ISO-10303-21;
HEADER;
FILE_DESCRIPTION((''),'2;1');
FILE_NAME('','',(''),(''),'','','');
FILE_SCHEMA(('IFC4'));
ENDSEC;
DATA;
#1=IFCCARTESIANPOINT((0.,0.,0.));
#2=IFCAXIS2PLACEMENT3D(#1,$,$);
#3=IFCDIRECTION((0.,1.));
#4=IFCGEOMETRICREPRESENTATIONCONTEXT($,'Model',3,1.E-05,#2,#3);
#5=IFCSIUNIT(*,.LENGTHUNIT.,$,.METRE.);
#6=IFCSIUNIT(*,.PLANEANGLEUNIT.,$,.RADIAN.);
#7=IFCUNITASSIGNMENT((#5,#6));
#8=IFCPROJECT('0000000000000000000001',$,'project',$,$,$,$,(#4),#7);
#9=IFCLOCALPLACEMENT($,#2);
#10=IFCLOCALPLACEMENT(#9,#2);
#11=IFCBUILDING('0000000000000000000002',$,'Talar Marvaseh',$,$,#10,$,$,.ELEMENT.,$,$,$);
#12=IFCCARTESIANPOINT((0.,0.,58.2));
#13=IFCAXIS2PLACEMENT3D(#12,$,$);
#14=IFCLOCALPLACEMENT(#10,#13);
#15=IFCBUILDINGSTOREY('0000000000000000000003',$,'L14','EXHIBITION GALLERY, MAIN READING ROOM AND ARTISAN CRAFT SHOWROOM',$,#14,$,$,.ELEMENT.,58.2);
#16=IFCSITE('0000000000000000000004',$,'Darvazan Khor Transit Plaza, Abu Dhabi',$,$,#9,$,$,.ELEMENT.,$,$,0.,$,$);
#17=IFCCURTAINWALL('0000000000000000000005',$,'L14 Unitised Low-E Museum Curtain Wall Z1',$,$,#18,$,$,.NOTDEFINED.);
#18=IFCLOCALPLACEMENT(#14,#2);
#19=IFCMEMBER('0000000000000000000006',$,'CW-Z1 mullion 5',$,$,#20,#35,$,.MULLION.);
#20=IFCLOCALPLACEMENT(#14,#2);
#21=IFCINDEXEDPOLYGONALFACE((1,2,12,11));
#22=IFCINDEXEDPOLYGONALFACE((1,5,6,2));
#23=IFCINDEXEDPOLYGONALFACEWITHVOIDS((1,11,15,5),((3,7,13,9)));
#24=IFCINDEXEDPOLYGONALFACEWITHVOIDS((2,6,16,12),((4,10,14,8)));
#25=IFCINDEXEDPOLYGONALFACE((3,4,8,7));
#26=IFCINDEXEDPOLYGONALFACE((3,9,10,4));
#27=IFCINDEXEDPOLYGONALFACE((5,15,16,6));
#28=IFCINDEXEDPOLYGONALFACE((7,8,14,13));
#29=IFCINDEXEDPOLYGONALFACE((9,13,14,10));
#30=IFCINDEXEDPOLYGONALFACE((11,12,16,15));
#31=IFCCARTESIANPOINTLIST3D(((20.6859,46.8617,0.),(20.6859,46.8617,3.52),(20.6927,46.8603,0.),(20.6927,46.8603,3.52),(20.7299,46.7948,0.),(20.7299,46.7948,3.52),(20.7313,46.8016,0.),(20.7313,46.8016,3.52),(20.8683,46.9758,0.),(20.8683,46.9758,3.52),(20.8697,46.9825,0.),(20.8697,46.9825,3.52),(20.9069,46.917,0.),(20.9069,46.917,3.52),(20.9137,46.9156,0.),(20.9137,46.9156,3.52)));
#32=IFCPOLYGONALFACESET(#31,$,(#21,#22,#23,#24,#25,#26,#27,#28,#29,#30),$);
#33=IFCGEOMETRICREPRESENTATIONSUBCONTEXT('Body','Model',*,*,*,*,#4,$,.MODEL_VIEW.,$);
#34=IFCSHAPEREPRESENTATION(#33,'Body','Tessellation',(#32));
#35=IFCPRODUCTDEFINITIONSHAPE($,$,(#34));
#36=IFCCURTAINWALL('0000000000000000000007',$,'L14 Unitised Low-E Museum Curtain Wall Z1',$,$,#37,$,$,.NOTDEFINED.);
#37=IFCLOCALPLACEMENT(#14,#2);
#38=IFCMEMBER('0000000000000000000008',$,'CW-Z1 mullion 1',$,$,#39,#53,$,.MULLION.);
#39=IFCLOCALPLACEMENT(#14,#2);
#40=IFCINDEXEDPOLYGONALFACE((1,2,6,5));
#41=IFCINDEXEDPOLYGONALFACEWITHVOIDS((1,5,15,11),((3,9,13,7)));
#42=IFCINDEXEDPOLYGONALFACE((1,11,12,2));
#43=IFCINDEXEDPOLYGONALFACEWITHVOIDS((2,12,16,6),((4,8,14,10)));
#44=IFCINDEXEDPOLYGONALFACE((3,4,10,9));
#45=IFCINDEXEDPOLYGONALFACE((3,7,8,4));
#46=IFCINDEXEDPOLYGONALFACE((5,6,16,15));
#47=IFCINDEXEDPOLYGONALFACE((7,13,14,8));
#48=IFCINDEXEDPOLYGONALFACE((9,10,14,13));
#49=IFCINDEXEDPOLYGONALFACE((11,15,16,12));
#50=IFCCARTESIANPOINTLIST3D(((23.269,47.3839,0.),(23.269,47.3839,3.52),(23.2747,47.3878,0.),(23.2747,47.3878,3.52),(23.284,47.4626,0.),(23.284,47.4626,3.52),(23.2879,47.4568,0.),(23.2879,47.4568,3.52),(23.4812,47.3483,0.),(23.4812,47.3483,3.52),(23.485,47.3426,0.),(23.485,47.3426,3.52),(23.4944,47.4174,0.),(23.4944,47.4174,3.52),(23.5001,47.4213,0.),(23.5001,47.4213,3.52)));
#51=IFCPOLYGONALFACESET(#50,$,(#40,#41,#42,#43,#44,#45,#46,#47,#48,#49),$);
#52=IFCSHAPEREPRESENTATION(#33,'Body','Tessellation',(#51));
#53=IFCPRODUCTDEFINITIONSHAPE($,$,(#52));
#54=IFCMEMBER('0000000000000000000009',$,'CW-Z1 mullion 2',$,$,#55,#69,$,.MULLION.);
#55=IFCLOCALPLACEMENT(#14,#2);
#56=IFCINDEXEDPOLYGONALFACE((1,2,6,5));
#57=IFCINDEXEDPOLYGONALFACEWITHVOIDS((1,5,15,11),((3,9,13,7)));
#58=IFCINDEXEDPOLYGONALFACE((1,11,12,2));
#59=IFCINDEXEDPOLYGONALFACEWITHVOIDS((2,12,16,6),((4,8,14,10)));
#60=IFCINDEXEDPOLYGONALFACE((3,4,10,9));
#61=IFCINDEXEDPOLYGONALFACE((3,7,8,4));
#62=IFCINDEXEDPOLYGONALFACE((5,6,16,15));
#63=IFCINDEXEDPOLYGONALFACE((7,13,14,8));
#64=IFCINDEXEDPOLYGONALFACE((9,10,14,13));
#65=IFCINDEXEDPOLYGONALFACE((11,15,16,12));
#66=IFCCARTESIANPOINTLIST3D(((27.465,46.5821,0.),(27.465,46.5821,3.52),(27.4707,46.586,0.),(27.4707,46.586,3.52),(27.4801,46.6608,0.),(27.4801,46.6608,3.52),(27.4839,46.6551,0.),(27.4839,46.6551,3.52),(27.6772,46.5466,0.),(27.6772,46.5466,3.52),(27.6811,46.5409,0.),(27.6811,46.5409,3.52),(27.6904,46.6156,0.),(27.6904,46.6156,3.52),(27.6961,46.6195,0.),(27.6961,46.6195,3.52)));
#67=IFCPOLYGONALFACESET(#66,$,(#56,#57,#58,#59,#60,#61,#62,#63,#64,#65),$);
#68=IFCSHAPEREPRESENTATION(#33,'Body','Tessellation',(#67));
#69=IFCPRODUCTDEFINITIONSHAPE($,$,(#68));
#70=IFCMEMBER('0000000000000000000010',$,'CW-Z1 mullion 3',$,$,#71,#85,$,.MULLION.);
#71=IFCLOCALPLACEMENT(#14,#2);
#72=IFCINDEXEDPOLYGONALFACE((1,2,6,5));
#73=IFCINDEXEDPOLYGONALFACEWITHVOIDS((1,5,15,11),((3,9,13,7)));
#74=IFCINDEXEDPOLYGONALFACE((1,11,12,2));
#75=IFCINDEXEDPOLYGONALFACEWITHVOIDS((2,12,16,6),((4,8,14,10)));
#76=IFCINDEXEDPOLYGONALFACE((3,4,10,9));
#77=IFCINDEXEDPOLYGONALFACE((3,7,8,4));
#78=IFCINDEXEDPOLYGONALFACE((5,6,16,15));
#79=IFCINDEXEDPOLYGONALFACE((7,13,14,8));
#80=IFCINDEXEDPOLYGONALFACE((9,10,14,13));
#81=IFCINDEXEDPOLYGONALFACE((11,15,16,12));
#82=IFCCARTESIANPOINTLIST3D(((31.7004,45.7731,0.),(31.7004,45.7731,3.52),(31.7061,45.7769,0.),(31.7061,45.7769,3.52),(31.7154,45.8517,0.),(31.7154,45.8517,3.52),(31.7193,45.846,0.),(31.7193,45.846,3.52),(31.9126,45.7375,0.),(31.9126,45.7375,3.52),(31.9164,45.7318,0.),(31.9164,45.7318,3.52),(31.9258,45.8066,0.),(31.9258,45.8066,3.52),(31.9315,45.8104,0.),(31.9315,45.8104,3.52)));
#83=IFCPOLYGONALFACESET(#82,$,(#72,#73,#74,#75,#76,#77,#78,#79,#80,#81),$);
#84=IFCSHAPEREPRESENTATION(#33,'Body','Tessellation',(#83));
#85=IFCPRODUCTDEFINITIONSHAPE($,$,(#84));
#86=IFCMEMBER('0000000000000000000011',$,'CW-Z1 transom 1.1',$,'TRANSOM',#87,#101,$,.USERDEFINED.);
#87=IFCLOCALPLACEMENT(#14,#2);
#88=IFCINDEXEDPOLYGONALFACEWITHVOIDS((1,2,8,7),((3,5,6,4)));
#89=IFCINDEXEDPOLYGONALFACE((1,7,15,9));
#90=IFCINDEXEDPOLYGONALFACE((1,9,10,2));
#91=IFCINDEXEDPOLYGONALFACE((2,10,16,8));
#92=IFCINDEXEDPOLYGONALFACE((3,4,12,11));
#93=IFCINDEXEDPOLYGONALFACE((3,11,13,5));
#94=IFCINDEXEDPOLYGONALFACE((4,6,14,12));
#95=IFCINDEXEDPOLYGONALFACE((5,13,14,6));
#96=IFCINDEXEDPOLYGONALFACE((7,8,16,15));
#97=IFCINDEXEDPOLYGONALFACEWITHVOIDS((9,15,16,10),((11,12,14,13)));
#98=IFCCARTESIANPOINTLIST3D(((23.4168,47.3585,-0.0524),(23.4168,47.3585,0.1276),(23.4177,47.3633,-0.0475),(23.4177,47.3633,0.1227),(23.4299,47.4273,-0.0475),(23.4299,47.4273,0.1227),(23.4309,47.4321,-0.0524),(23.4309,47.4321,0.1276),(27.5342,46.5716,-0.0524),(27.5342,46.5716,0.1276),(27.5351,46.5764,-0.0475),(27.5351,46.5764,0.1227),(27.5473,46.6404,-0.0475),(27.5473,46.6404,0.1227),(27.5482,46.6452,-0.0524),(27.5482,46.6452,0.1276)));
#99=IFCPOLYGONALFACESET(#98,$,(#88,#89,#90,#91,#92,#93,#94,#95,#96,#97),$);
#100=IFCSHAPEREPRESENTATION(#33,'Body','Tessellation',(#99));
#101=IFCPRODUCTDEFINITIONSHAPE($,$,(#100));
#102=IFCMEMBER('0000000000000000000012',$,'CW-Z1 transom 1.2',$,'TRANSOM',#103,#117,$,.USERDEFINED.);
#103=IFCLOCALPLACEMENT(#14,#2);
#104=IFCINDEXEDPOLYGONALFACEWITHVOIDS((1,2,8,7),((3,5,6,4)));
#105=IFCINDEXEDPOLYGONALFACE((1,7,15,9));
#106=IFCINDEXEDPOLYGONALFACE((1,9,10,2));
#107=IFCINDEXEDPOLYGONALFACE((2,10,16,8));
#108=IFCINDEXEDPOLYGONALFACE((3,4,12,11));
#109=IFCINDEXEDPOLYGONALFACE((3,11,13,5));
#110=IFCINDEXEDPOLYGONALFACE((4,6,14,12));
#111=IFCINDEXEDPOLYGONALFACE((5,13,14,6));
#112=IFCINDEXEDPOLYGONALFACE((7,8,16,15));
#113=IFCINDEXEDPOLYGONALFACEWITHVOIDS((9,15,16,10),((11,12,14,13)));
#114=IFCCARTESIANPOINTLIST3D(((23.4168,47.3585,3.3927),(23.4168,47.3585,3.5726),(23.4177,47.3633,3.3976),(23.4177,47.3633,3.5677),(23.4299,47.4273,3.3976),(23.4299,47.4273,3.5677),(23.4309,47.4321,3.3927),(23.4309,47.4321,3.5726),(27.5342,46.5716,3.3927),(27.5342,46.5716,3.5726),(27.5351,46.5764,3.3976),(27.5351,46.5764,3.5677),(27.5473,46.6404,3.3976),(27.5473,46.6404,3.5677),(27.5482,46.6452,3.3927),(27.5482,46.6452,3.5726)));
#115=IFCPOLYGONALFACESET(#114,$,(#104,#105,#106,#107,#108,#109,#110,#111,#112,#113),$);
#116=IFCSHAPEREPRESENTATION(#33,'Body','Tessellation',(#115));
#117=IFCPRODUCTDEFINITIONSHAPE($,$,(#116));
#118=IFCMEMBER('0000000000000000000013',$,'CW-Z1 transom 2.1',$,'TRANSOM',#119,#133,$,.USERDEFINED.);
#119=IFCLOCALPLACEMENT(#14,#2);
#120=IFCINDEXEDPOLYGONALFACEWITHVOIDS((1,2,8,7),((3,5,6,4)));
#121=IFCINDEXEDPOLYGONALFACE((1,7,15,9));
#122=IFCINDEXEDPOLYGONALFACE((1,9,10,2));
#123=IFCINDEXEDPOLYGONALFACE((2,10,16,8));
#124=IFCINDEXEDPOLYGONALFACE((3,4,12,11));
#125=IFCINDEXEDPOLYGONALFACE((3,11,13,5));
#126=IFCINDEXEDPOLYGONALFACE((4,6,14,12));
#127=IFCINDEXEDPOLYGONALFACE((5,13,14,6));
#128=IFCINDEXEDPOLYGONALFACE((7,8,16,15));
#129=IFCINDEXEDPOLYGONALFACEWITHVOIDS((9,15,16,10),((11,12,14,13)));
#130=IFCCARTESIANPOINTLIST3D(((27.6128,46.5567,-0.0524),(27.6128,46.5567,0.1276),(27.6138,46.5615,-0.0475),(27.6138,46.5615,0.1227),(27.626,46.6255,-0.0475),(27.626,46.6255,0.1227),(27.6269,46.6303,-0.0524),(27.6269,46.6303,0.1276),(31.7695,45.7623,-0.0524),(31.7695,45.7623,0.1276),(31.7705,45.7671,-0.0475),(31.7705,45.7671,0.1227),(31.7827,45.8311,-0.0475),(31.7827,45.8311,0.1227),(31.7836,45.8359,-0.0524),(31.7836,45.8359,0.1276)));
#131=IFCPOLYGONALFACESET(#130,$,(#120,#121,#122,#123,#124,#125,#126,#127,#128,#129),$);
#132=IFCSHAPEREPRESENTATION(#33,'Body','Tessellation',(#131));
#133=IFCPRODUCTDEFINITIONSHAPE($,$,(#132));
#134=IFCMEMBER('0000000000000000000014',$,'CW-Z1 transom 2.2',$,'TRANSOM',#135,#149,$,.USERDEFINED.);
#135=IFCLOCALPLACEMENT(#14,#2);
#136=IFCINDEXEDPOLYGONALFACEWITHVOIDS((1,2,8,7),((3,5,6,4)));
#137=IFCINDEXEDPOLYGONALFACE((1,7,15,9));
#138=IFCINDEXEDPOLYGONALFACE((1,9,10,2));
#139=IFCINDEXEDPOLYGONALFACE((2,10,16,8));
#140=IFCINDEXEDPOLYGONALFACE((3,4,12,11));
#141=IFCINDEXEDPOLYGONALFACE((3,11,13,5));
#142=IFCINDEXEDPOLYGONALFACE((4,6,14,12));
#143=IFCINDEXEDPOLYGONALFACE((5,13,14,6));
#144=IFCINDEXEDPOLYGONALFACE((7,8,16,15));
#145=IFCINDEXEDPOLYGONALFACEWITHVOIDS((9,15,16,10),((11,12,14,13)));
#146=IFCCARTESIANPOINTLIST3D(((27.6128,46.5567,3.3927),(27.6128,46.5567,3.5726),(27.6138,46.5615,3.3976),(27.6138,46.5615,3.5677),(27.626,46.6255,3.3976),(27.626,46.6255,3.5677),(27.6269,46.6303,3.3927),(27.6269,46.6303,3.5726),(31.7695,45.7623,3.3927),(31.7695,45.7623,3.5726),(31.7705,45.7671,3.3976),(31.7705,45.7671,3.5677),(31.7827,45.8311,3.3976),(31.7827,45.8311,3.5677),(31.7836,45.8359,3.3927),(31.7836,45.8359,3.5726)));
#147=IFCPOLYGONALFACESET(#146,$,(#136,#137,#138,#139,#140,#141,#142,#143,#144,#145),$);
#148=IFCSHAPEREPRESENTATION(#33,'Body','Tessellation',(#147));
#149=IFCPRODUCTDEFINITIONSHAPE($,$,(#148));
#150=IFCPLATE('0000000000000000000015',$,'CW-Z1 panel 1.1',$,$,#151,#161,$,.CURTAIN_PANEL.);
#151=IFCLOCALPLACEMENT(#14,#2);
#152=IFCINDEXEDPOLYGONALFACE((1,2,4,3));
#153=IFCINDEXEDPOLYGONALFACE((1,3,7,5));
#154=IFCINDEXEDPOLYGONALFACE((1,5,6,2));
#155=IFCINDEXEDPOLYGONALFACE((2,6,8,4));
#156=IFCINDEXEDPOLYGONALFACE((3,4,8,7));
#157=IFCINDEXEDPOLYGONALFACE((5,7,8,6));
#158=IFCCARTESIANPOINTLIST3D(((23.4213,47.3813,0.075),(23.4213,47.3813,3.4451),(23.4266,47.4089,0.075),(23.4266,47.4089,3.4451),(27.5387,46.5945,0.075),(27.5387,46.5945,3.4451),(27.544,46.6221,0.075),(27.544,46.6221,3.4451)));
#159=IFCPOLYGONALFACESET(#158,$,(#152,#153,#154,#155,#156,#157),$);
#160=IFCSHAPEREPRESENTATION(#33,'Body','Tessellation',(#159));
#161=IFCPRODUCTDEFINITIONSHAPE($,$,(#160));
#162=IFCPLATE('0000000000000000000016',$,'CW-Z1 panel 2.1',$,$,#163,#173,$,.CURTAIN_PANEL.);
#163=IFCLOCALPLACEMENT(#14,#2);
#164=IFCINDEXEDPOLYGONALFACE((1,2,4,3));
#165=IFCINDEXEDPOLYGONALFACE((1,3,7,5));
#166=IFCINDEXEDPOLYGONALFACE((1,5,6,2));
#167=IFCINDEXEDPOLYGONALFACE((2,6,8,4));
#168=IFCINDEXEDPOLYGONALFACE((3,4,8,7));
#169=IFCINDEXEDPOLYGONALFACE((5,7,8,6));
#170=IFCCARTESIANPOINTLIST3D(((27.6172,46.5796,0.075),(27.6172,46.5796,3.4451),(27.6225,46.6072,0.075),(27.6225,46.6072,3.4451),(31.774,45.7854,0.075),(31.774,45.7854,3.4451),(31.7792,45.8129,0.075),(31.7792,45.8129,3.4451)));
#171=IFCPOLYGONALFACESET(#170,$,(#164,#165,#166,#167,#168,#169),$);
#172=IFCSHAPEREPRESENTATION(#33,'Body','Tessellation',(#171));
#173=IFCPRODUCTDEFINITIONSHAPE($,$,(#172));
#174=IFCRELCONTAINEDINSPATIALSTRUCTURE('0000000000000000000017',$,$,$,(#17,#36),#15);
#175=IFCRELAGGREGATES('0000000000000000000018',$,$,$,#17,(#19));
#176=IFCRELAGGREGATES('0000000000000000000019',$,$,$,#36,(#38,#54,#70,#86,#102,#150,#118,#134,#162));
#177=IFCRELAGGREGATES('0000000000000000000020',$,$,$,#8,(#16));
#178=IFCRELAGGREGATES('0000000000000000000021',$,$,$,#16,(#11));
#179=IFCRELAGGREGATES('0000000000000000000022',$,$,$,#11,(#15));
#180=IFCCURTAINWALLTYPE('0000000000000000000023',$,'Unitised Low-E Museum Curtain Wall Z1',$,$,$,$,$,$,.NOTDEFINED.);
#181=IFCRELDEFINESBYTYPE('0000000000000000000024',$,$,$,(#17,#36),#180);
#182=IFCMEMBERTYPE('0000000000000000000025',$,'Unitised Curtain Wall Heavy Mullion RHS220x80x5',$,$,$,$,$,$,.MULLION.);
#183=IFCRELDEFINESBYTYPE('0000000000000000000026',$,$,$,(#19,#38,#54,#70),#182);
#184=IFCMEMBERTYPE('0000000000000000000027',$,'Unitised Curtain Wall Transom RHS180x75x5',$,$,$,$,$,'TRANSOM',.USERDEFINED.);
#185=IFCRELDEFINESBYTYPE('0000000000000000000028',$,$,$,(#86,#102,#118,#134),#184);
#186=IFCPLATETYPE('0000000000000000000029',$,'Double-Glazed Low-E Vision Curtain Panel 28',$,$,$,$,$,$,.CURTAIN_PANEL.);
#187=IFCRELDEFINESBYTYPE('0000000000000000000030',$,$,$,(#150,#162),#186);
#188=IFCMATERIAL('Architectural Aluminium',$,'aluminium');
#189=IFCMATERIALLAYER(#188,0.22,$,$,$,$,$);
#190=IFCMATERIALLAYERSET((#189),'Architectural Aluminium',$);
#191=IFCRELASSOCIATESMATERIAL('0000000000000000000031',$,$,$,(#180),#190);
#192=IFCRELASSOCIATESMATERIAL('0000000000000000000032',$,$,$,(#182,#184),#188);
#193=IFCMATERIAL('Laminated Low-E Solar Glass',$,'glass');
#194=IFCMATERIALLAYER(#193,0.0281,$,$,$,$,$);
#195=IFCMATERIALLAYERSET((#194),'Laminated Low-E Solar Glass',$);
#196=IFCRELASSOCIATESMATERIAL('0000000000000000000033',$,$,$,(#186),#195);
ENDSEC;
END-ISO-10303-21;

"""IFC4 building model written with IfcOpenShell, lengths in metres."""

from ifc_helpers import new_model, si_unit, direction, frame, origin, origin_2d, place, context, subcontext, project, spatial, rectangle, hollow_rectangle, extrude, source, transform, mapped, material, layer, layer_set, material_profile, profile_set, type_object, type_shapes, element, aggregate, save


model = new_model("IFC4")

# Units and contexts
model_context = context("Model", 3, precision=1e-05, world=origin(), true_north=direction((0.0, 1.0)))
body_context = subcontext(model_context, "Body", "Model", "MODEL_VIEW")
ifc_project = project(units=[si_unit("LENGTHUNIT", "METRE"), si_unit("PLANEANGLEUNIT", "RADIAN")], contexts=[model_context])

# Site, building, storey
site_placement = place(None, origin())
site = spatial("IfcSite", under=ifc_project, at=site_placement, Name="Darvazan Khor Transit Plaza, Abu Dhabi", CompositionType="ELEMENT", RefElevation=0.0)
building_placement = place(site_placement, origin())
building = spatial("IfcBuilding", under=site, at=building_placement, Name="Talar Marvaseh", CompositionType="ELEMENT")
storey_placement = place(building_placement, frame((0.0, 0.0, 58.2)))
storey = spatial("IfcBuildingStorey", under=building, at=storey_placement, Name="L14", Description="EXHIBITION GALLERY, MAIN READING ROOM AND ARTISAN CRAFT SHOWROOM", CompositionType="ELEMENT", Elevation=58.2)

# Curtain wall, member
ifc_material_1 = material(Name="Architectural Aluminium", Category="aluminium")
ifc_layer_1 = layer(ifc_material_1, 0.22)
ifc_layer_set_1 = layer_set([ifc_layer_1], Name="Architectural Aluminium")
curtain_wall_type = type_object("IfcCurtainWallType", Name="Unitised Low-E Museum Curtain Wall Z1", PredefinedType="NOTDEFINED", material=ifc_layer_set_1)
curtain_wall_1_placement = place(storey_placement, origin())
curtain_wall_1 = element("IfcCurtainWall", 1, at=curtain_wall_1_placement, inside=storey, type_object=curtain_wall_type, Name="L14 Unitised Low-E Museum Curtain Wall Z1", PredefinedType="NOTDEFINED")
ifc_material_profile_1 = material_profile(ifc_material_1, hollow_rectangle(XDim=0.0801, YDim=0.22, WallThickness=0.0049, at=origin_2d()), Name="RHS220x80x5")
ifc_profile_set_1 = profile_set([ifc_material_profile_1], Name="Architectural Aluminium")
member_type_1 = type_object("IfcMemberType", Name="Unitised Curtain Wall Heavy Mullion RHS220x80x5", PredefinedType="MULLION", material=ifc_profile_set_1)
shared_shape_1 = source(origin(), body_context, "Body", "SweptSolid", [
    extrude(hollow_rectangle(XDim=0.0801, YDim=0.22, WallThickness=0.0049, at=origin_2d()), origin(), (0.0, 0.0, 1.0), 3.52),
])
type_shapes(member_type_1, [shared_shape_1])
member_1_placement = place(storey_placement, frame((20.7998, 46.8887, 0.0), z_axis=(0.0, 0.0, 1.0), x_axis=(-0.549283, 0.835636, 0.0)))
member_1 = element("IfcMember", 2, at=member_1_placement, type_object=member_type_1, Name="CW-Z1 mullion 5", PredefinedType="MULLION", context=body_context, shape_type="MappedRepresentation", body=[
    mapped(shared_shape_1, transform((0.0, 0.0, 0.0), x_axis=(1.0, 0.0, 0.0), y_axis=(0.0, 1.0, 0.0), z_axis=(0.0, 0.0, 1.0), scale=1.0)),
])
aggregate(curtain_wall_1, [member_1])

# Curtain wall, members, plates
curtain_wall_2_placement = place(storey_placement, origin())
curtain_wall_2 = element("IfcCurtainWall", 3, at=curtain_wall_2_placement, inside=storey, type_object=curtain_wall_type, Name="L14 Unitised Low-E Museum Curtain Wall Z1", PredefinedType="NOTDEFINED")
member_2_placement = place(storey_placement, frame((23.3845, 47.4026, 0.0), z_axis=(0.0, 0.0, 1.0), x_axis=(0.187685, 0.982229, 0.0)))
member_2 = element("IfcMember", 4, at=member_2_placement, type_object=member_type_1, Name="CW-Z1 mullion 1", PredefinedType="MULLION", context=body_context, shape_type="MappedRepresentation", body=[
    mapped(shared_shape_1, transform((0.0, 0.0, 0.0), x_axis=(1.0, 0.0, 0.0), y_axis=(0.0, 1.0, 0.0), z_axis=(0.0, 0.0, 1.0), scale=1.0)),
])
member_3_placement = place(storey_placement, frame((27.5806, 46.6008, 0.0), z_axis=(0.0, 0.0, 1.0), x_axis=(0.187685, 0.982229, 0.0)))
member_3 = element("IfcMember", 5, at=member_3_placement, type_object=member_type_1, Name="CW-Z1 mullion 2", PredefinedType="MULLION", context=body_context, shape_type="MappedRepresentation", body=[
    mapped(shared_shape_1, transform((0.0, 0.0, 0.0), x_axis=(1.0, 0.0, 0.0), y_axis=(0.0, 1.0, 0.0), z_axis=(0.0, 0.0, 1.0), scale=1.0)),
])
member_4_placement = place(storey_placement, frame((31.8159, 45.7917, 0.0), z_axis=(0.0, 0.0, 1.0), x_axis=(0.187685, 0.982229, 0.0)))
member_4 = element("IfcMember", 6, at=member_4_placement, type_object=member_type_1, Name="CW-Z1 mullion 3", PredefinedType="MULLION", context=body_context, shape_type="MappedRepresentation", body=[
    mapped(shared_shape_1, transform((0.0, 0.0, 0.0), x_axis=(1.0, 0.0, 0.0), y_axis=(0.0, 1.0, 0.0), z_axis=(0.0, 0.0, 1.0), scale=1.0)),
])
ifc_material_profile_2 = material_profile(ifc_material_1, hollow_rectangle(XDim=0.075, YDim=0.1799, WallThickness=0.0049, at=origin_2d()), Name="RHS180x75x5")
ifc_profile_set_2 = profile_set([ifc_material_profile_2], Name="Architectural Aluminium")
member_type_2 = type_object("IfcMemberType", Name="Unitised Curtain Wall Transom RHS180x75x5", ElementType="TRANSOM", PredefinedType="USERDEFINED", material=ifc_profile_set_2)
shared_shape_2 = source(origin(), body_context, "Body", "SweptSolid", [
    extrude(hollow_rectangle(XDim=0.075, YDim=0.1799, WallThickness=0.0049, at=origin_2d()), origin(), (0.0, 0.0, 1.0), 4.1919),
])
member_5_placement = place(storey_placement, frame((23.4238, 47.3953, 0.0376), z_axis=(0.982225, -0.187709, 0.0), x_axis=(0.187709, 0.982225, 0.0)))
member_5 = element("IfcMember", 7, at=member_5_placement, type_object=member_type_2, Name="CW-Z1 transom 1.1", ObjectType="TRANSOM", PredefinedType="USERDEFINED", context=body_context, shape_type="MappedRepresentation", body=[
    mapped(shared_shape_2, transform((0.0, 0.0, 0.0), x_axis=(1.0, 0.0, 0.0), y_axis=(0.0, 1.0, 0.0), z_axis=(0.0, 0.0, 1.0), scale=1.0)),
])
member_6_placement = place(storey_placement, frame((23.4238, 47.3953, 3.4827), z_axis=(0.982225, -0.187709, 0.0), x_axis=(0.187709, 0.982225, 0.0)))
member_6 = element("IfcMember", 8, at=member_6_placement, type_object=member_type_2, Name="CW-Z1 transom 1.2", ObjectType="TRANSOM", PredefinedType="USERDEFINED", context=body_context, shape_type="MappedRepresentation", body=[
    mapped(shared_shape_2, transform((0.0, 0.0, 0.0), x_axis=(1.0, 0.0, 0.0), y_axis=(0.0, 1.0, 0.0), z_axis=(0.0, 0.0, 1.0), scale=1.0)),
])
shared_shape_3 = source(origin(), body_context, "Body", "SweptSolid", [
    extrude(hollow_rectangle(XDim=0.075, YDim=0.1799, WallThickness=0.0049, at=origin_2d()), origin(), (0.0, 0.0, 1.0), 4.2319),
])
type_shapes(member_type_2, [shared_shape_2, shared_shape_3])
member_7_placement = place(storey_placement, frame((27.6199, 46.5935, 0.0376), z_axis=(0.982222, -0.187722, 0.0), x_axis=(0.187722, 0.982222, 0.0)))
member_7 = element("IfcMember", 9, at=member_7_placement, type_object=member_type_2, Name="CW-Z1 transom 2.1", ObjectType="TRANSOM", PredefinedType="USERDEFINED", context=body_context, shape_type="MappedRepresentation", body=[
    mapped(shared_shape_3, transform((0.0, 0.0, 0.0), x_axis=(1.0, 0.0, 0.0), y_axis=(0.0, 1.0, 0.0), z_axis=(0.0, 0.0, 1.0), scale=1.0)),
])
member_8_placement = place(storey_placement, frame((27.6199, 46.5935, 3.4827), z_axis=(0.982222, -0.187722, 0.0), x_axis=(0.187722, 0.982222, 0.0)))
member_8 = element("IfcMember", 10, at=member_8_placement, type_object=member_type_2, Name="CW-Z1 transom 2.2", ObjectType="TRANSOM", PredefinedType="USERDEFINED", context=body_context, shape_type="MappedRepresentation", body=[
    mapped(shared_shape_3, transform((0.0, 0.0, 0.0), x_axis=(1.0, 0.0, 0.0), y_axis=(0.0, 1.0, 0.0), z_axis=(0.0, 0.0, 1.0), scale=1.0)),
])
ifc_material_2 = material(Name="Laminated Low-E Solar Glass", Category="glass")
ifc_layer_2 = layer(ifc_material_2, 0.0281)
ifc_layer_set_2 = layer_set([ifc_layer_2], Name="Laminated Low-E Solar Glass")
plate_type = type_object("IfcPlateType", Name="Double-Glazed Low-E Vision Curtain Panel 28", PredefinedType="CURTAIN_PANEL", material=ifc_layer_set_2)
shared_shape_4 = source(origin(), body_context, "Body", "SweptSolid", [
    extrude(rectangle(XDim=4.1919, YDim=0.0281, at=origin_2d()), origin(), (0.0, 0.0, 1.0), 3.3701),
])
plate_1_placement = place(storey_placement, frame((25.4827, 47.0017, 0.075), z_axis=(0.0, 0.0, 1.0), x_axis=(0.982229, -0.187685, 0.0)))
plate_1 = element("IfcPlate", 11, at=plate_1_placement, type_object=plate_type, Name="CW-Z1 panel 1.1", PredefinedType="CURTAIN_PANEL", context=body_context, shape_type="MappedRepresentation", body=[
    mapped(shared_shape_4, transform((0.0, 0.0, 0.0), x_axis=(1.0, 0.0, 0.0), y_axis=(0.0, 1.0, 0.0), z_axis=(0.0, 0.0, 1.0), scale=1.0)),
])
shared_shape_5 = source(origin(), body_context, "Body", "SweptSolid", [
    extrude(rectangle(XDim=4.2319, YDim=0.0281, at=origin_2d()), origin(), (0.0, 0.0, 1.0), 3.3701),
])
type_shapes(plate_type, [shared_shape_4, shared_shape_5])
plate_2_placement = place(storey_placement, frame((29.6982, 46.1963, 0.075), z_axis=(0.0, 0.0, 1.0), x_axis=(0.982229, -0.187685, 0.0)))
plate_2 = element("IfcPlate", 12, at=plate_2_placement, type_object=plate_type, Name="CW-Z1 panel 2.1", PredefinedType="CURTAIN_PANEL", context=body_context, shape_type="MappedRepresentation", body=[
    mapped(shared_shape_5, transform((0.0, 0.0, 0.0), x_axis=(1.0, 0.0, 0.0), y_axis=(0.0, 1.0, 0.0), z_axis=(0.0, 0.0, 1.0), scale=1.0)),
])
aggregate(curtain_wall_2, [member_2, member_3, member_4, member_5, member_6, plate_1, member_7, member_8, plate_2])

save(model, "model.ifc")
